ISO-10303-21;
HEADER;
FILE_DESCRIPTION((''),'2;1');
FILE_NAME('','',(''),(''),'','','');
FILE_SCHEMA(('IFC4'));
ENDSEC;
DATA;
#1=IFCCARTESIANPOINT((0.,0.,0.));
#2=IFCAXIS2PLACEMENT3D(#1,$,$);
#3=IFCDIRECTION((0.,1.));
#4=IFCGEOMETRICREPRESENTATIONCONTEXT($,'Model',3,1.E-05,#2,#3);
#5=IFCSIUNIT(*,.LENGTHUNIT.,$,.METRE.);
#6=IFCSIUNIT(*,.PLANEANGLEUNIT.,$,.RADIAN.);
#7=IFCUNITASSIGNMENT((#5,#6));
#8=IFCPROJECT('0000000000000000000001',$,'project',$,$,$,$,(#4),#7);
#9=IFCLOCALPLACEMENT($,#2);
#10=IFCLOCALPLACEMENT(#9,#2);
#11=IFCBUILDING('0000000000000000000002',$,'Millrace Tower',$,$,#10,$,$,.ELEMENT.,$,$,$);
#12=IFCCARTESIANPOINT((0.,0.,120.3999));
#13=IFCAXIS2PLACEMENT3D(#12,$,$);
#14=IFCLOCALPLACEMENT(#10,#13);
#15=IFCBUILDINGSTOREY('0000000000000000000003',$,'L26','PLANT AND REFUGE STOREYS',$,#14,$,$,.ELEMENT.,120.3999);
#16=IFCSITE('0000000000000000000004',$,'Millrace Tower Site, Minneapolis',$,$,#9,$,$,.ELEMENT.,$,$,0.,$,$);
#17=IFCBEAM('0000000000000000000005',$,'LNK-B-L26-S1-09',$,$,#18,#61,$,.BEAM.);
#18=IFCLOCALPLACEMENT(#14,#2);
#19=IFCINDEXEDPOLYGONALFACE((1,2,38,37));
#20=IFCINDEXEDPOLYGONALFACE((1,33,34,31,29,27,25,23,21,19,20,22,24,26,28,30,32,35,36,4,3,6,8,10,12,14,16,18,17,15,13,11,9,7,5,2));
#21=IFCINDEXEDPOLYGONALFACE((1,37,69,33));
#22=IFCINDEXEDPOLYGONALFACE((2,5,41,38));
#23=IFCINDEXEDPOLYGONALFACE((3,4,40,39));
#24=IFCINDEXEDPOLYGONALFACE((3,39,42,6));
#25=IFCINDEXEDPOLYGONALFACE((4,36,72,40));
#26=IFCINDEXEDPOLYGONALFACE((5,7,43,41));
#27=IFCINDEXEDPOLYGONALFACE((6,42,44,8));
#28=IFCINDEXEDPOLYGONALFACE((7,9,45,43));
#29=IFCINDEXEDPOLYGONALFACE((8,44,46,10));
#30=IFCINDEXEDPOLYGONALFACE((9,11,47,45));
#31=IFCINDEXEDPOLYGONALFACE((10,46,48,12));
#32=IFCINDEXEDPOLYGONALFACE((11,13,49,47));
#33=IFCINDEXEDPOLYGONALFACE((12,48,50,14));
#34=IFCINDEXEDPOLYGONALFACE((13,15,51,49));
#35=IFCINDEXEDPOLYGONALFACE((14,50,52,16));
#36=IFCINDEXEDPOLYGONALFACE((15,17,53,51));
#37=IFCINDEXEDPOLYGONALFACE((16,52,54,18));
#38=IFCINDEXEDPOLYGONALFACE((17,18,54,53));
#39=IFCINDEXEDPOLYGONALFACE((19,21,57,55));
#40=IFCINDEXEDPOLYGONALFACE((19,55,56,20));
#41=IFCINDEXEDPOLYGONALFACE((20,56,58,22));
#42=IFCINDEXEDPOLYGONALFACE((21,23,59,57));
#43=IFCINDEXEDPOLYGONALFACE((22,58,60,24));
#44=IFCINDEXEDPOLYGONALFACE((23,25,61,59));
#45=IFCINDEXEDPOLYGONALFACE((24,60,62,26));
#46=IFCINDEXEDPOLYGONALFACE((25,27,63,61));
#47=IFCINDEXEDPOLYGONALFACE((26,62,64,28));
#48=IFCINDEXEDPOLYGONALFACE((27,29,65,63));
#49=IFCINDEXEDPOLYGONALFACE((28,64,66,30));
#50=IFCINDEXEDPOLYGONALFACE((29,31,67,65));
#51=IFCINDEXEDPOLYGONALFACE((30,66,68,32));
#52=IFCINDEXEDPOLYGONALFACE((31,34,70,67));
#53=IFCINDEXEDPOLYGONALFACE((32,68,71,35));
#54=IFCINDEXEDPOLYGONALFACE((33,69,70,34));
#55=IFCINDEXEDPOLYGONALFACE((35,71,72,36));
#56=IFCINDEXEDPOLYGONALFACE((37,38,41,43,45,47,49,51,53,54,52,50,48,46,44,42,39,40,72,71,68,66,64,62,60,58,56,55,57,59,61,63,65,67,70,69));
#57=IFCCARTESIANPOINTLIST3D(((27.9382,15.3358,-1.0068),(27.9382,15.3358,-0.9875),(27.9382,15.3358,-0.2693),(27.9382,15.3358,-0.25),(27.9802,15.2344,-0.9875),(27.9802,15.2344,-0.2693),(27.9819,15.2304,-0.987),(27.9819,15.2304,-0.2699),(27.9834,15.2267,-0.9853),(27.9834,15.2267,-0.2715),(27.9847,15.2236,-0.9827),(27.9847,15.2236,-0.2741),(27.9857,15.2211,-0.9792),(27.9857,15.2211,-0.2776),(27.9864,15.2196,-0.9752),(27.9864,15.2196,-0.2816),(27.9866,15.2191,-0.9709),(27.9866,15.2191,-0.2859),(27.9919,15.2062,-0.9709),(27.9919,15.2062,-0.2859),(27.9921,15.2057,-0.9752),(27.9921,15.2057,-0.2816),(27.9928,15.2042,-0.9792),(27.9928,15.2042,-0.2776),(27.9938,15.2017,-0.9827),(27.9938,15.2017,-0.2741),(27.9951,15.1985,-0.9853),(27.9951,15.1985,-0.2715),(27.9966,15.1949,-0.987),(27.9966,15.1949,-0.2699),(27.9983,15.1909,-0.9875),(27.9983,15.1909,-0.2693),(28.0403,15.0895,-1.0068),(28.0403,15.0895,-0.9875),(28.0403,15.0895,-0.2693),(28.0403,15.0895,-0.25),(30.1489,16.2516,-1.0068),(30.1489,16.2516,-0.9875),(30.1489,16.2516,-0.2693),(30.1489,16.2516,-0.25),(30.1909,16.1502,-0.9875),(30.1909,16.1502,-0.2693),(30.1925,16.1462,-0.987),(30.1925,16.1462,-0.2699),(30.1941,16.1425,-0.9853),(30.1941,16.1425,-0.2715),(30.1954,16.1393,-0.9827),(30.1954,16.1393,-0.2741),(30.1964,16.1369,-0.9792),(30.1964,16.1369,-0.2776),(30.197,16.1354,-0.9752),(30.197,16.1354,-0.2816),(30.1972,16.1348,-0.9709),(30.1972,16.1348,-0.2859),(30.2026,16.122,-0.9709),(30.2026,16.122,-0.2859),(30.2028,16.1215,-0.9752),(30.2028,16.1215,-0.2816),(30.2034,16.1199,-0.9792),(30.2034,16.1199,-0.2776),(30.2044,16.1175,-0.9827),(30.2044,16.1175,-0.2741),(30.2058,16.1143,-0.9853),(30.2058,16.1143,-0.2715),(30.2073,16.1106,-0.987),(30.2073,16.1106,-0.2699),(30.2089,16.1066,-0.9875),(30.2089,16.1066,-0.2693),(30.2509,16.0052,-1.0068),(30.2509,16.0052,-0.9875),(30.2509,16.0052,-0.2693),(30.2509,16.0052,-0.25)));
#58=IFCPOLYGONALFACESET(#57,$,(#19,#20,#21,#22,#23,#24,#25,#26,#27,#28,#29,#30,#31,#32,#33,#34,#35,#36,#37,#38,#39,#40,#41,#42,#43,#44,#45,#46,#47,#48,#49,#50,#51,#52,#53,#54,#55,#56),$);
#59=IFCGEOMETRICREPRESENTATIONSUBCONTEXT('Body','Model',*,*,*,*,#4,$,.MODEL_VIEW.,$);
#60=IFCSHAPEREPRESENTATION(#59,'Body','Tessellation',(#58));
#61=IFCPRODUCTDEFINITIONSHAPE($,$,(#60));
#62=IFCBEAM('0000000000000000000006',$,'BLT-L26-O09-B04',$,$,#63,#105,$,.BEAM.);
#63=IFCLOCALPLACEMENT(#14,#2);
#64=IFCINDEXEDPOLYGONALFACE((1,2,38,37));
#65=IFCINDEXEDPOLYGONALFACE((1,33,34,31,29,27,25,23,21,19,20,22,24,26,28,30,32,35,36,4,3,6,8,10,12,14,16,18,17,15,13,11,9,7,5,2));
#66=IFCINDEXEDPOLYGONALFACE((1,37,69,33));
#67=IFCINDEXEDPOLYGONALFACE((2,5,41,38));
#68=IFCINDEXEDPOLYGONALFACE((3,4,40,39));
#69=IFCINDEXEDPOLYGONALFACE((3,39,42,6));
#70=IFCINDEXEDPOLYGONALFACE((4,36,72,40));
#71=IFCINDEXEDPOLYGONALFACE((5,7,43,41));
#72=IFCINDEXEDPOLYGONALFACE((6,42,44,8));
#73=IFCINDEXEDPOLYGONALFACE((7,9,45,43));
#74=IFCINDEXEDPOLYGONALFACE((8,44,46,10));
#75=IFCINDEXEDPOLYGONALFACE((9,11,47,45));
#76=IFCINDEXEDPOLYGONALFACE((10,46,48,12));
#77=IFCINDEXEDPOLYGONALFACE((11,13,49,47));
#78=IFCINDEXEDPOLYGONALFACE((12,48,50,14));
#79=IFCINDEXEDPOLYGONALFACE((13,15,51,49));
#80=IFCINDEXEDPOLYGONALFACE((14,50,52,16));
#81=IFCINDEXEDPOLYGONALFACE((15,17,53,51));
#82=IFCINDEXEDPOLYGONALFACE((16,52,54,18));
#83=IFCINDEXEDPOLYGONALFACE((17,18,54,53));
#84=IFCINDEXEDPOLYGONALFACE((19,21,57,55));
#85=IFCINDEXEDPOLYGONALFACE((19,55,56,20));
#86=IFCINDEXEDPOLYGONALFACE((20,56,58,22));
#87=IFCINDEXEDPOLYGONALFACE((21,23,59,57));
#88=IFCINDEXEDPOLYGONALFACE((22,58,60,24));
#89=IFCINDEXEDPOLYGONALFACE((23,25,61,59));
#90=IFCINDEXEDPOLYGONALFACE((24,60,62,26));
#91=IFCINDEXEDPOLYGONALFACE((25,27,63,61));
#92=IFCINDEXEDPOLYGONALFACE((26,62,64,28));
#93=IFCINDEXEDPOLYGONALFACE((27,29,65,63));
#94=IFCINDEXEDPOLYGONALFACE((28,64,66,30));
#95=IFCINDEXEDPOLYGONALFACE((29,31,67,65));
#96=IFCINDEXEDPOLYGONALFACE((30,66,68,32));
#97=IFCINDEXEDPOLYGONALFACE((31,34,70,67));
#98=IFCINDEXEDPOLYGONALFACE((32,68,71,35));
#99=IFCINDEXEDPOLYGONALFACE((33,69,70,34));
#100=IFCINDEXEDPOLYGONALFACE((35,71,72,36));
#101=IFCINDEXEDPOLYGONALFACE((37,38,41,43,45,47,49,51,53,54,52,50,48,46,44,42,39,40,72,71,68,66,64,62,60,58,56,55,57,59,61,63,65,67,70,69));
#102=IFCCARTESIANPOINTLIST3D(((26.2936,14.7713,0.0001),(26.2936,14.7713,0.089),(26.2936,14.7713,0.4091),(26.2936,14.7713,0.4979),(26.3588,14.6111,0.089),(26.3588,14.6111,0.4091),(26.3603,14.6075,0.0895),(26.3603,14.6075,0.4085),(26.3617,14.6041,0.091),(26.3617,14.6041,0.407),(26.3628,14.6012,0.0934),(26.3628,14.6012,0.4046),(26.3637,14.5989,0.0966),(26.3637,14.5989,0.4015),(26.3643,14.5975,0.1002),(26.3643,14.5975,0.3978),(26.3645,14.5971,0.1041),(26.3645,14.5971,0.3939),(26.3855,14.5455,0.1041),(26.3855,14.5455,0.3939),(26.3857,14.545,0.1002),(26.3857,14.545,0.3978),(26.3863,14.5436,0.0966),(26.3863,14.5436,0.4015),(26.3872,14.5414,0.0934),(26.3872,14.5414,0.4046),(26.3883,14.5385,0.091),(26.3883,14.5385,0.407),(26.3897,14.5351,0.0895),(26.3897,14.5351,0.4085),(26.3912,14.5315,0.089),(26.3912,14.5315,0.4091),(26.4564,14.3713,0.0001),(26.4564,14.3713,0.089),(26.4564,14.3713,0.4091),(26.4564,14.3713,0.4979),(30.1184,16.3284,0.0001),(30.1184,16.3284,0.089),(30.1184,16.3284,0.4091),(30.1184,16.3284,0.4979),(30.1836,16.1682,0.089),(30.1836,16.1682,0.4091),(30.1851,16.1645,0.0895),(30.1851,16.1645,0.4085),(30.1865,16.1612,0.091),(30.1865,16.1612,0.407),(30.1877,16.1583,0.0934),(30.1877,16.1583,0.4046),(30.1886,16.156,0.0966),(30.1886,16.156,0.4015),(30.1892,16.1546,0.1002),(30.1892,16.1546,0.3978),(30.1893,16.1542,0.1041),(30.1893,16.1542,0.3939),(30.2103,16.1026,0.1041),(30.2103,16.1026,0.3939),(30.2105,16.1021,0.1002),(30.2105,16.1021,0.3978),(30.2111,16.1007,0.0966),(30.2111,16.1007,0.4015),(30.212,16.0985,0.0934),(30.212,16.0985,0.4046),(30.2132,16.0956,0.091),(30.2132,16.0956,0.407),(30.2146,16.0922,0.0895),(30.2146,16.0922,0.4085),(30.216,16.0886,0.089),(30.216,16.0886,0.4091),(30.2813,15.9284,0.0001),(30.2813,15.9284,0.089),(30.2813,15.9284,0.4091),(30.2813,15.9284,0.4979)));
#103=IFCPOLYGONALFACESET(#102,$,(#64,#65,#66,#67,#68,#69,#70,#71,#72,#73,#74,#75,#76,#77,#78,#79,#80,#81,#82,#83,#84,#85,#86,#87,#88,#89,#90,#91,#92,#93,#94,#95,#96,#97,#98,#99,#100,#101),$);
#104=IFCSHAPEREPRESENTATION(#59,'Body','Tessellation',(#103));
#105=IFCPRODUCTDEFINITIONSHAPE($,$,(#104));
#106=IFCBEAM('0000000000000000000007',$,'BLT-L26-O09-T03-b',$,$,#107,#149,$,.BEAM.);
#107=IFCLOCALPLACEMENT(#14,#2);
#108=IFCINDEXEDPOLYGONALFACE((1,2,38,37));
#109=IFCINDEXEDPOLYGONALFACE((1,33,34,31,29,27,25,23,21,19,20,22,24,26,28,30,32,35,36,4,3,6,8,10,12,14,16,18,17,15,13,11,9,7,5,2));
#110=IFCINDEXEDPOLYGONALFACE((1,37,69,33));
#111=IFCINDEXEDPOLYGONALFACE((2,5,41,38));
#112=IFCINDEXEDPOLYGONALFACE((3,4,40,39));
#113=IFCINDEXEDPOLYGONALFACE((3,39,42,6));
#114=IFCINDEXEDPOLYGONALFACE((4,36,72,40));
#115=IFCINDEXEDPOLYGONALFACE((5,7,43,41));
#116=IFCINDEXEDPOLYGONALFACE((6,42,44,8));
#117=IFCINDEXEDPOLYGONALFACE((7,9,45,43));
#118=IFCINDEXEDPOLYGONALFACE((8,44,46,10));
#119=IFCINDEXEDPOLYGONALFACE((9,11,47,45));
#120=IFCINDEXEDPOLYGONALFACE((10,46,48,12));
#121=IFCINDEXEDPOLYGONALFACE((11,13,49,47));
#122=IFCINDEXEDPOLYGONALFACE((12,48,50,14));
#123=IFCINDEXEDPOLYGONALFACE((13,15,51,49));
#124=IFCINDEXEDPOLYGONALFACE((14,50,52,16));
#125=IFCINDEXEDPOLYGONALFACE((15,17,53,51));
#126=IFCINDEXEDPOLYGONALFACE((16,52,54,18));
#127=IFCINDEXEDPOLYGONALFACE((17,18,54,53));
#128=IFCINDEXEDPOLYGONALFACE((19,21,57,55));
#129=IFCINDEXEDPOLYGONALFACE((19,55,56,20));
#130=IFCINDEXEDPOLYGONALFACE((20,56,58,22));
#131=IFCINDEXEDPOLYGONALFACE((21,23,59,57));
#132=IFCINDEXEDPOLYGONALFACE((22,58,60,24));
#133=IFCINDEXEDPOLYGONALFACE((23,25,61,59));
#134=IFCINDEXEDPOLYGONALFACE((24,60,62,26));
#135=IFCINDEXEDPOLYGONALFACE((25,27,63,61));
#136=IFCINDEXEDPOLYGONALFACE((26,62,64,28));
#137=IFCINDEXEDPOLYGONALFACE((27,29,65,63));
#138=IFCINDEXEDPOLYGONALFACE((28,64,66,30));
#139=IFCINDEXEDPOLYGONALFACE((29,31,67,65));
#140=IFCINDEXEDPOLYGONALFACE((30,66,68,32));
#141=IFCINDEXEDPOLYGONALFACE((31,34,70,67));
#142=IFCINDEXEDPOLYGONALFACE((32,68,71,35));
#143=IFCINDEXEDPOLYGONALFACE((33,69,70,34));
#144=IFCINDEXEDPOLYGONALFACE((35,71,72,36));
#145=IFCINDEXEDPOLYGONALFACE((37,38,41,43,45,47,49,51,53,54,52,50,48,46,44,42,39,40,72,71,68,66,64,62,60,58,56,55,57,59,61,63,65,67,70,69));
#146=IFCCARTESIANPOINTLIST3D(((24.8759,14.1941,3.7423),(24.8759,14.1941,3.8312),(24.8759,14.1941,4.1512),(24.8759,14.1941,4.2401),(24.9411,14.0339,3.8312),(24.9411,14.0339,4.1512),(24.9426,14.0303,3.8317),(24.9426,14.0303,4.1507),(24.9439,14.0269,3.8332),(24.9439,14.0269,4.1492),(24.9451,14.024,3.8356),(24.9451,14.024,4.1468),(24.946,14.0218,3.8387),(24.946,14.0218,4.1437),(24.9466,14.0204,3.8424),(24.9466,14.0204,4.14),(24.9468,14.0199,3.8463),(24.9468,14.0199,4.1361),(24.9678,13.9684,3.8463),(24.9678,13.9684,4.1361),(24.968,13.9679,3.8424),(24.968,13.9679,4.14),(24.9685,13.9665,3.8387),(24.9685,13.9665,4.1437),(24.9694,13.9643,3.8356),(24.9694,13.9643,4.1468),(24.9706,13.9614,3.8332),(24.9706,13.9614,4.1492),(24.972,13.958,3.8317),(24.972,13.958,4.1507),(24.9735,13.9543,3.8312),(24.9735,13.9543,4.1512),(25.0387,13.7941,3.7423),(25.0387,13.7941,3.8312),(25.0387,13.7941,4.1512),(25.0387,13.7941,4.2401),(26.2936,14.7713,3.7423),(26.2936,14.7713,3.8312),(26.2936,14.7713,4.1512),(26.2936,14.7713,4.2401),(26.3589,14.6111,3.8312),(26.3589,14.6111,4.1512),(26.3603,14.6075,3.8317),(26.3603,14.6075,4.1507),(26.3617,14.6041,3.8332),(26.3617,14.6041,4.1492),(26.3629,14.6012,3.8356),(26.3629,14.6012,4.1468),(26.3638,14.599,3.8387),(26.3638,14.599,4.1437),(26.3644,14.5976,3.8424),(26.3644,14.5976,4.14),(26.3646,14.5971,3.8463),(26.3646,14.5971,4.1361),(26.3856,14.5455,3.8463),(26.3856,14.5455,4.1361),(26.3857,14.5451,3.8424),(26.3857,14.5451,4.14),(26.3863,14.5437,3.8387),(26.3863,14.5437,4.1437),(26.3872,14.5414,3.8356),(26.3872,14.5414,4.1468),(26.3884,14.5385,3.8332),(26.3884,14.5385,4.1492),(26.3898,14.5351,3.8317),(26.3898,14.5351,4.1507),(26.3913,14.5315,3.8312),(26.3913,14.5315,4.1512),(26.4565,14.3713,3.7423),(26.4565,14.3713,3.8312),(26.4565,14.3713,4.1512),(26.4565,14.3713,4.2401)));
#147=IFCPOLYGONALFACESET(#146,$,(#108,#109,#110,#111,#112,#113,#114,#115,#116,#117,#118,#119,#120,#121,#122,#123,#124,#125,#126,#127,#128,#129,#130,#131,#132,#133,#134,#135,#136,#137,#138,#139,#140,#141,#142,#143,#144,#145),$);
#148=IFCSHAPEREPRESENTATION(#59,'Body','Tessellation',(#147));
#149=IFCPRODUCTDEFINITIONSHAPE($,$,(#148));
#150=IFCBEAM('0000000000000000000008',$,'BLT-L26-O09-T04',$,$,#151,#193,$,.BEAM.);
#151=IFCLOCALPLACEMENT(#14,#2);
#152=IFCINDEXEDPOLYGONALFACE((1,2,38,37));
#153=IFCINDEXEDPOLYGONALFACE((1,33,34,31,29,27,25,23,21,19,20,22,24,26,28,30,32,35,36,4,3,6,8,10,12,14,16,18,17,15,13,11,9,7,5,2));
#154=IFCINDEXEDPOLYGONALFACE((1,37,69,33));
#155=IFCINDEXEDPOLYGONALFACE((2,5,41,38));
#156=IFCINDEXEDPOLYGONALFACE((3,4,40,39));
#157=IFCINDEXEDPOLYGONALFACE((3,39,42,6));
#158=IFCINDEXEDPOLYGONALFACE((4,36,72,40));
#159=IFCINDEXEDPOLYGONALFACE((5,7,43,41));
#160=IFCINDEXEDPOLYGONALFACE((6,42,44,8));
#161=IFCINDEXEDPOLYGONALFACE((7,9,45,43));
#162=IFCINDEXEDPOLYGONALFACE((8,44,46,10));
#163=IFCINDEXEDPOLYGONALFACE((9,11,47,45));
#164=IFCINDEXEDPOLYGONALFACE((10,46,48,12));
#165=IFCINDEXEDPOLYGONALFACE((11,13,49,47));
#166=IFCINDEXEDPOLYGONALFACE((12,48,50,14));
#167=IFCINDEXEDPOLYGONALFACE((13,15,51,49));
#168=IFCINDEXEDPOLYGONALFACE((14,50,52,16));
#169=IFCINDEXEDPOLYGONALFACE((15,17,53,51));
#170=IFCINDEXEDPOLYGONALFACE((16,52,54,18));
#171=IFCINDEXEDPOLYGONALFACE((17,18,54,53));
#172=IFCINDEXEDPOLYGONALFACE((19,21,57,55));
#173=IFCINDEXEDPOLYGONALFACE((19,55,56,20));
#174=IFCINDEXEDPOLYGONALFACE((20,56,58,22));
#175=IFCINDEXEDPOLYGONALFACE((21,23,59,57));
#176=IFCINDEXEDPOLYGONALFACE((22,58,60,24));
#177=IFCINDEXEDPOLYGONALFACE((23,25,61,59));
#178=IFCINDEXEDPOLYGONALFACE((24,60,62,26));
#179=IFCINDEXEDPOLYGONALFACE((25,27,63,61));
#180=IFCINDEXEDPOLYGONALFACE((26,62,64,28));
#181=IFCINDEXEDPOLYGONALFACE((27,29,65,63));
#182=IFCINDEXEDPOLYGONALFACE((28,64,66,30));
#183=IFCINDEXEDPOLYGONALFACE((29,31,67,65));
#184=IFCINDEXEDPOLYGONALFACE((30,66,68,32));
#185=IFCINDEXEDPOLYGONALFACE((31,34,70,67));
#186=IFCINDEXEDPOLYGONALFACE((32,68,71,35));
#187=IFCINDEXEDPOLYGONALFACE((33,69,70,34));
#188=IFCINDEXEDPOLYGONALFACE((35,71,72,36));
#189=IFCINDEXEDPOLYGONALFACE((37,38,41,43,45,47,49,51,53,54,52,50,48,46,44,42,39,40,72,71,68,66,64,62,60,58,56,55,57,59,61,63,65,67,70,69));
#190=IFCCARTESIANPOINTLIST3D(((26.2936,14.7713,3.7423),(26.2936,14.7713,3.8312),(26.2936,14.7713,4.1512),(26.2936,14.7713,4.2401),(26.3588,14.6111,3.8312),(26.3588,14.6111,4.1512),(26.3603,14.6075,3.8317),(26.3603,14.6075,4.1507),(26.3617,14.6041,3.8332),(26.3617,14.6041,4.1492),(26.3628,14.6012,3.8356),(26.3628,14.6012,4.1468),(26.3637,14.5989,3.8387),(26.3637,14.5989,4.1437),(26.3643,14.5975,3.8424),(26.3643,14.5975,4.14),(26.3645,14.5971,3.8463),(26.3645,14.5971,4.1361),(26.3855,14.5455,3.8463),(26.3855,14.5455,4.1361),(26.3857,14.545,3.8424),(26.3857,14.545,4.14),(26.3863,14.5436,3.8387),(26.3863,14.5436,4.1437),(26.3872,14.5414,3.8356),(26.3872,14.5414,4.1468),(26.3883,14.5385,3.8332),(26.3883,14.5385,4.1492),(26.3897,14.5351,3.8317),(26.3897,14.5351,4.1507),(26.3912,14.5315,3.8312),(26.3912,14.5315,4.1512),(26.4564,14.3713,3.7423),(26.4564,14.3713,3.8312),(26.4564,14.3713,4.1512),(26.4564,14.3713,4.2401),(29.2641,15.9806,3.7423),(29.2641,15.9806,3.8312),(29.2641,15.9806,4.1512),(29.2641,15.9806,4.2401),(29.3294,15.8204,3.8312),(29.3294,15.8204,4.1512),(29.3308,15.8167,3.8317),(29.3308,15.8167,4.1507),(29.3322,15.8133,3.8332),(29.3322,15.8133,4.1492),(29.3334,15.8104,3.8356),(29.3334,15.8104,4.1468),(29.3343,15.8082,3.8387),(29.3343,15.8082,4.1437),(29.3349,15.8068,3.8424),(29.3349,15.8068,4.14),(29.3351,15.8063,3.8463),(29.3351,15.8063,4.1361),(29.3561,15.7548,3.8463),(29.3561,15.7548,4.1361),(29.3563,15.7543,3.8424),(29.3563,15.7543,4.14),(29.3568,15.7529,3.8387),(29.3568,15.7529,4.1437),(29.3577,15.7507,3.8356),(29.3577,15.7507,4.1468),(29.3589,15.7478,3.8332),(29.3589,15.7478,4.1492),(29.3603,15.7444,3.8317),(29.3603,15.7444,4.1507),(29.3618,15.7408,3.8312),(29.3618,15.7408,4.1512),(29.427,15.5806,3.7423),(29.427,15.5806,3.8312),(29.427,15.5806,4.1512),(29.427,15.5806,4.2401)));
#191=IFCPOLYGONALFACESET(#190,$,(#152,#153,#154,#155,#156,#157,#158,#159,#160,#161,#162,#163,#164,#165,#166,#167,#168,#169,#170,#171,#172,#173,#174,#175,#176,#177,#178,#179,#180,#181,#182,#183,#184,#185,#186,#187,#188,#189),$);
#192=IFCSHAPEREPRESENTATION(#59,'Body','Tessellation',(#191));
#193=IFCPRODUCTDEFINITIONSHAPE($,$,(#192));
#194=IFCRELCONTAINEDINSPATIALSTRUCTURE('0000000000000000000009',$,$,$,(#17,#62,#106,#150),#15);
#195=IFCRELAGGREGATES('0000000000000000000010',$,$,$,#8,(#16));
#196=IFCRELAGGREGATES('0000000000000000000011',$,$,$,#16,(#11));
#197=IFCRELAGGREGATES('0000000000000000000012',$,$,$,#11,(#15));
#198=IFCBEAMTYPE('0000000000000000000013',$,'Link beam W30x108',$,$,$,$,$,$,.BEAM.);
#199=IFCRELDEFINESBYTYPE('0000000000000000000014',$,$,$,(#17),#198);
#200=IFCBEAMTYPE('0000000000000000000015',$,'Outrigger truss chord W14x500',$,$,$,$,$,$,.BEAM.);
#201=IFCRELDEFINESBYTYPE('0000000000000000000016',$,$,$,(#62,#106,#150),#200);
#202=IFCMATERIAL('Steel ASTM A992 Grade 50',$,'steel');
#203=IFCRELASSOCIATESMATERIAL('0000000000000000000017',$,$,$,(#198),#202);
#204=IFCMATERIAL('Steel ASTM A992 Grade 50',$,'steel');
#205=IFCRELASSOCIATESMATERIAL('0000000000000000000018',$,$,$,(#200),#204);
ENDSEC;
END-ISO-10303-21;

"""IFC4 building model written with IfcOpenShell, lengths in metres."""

from ifc_helpers import new_model, si_unit, direction, frame, origin, origin_2d, place, context, subcontext, project, spatial, i_section, extrude, material, material_profile, profile_set, type_object, element, save


model = new_model("IFC4")

# Units and contexts
model_context = context("Model", 3, precision=1e-05, world=origin(), true_north=direction((0.0, 1.0)))
body_context = subcontext(model_context, "Body", "Model", "MODEL_VIEW")
ifc_project = project(units=[si_unit("LENGTHUNIT", "METRE"), si_unit("PLANEANGLEUNIT", "RADIAN")], contexts=[model_context])

# Site, building, storey
site_placement = place(None, origin())
site = spatial("IfcSite", under=ifc_project, at=site_placement, Name="Millrace Tower Site, Minneapolis", CompositionType="ELEMENT", RefElevation=0.0)
building_placement = place(site_placement, origin())
building = spatial("IfcBuilding", under=site, at=building_placement, Name="Millrace Tower", CompositionType="ELEMENT")
storey_placement = place(building_placement, frame((0.0, 0.0, 120.3999)))
storey = spatial("IfcBuildingStorey", under=building, at=storey_placement, Name="L26", Description="PLANT AND REFUGE STOREYS", CompositionType="ELEMENT", Elevation=120.3999)

# Beams
ifc_material_1 = material(Name="Steel ASTM A992 Grade 50", Category="steel")
ifc_material_profile_1 = material_profile(ifc_material_1, i_section(OverallWidth=0.2666, OverallDepth=0.7568, WebThickness=0.0139, FlangeThickness=0.0193, FilletRadius=0.0166, at=origin_2d()))
ifc_profile_set_1 = profile_set([ifc_material_profile_1], Name="Steel ASTM A992 Grade 50")
beam_type_1 = type_object("IfcBeamType", Name="Link beam W30x108", PredefinedType="BEAM", material=ifc_profile_set_1)
beam_1_placement = place(storey_placement, frame((27.9893, 15.2126, -0.6284), z_axis=(0.923869, 0.382709, 0.0), x_axis=(-0.382709, 0.923869, 0.0)))
element("IfcBeam", 1, at=beam_1_placement, inside=storey, type_object=beam_type_1, Name="LNK-B-L26-S1-09", PredefinedType="BEAM", context=body_context, shape_type="SweptSolid", body=[
    extrude(i_section(OverallWidth=0.2666, OverallDepth=0.7568, WebThickness=0.0139, FlangeThickness=0.0193, FilletRadius=0.0166, at=origin_2d()), origin(), (0.0, 0.0, 1.0), 2.3928),
])
ifc_material_2 = material(Name="Steel ASTM A992 Grade 50", Category="steel")
ifc_material_profile_2 = material_profile(ifc_material_2, i_section(OverallWidth=0.4319, OverallDepth=0.4978, WebThickness=0.0557, FlangeThickness=0.0889, FilletRadius=0.0151, at=origin_2d()))
ifc_profile_set_2 = profile_set([ifc_material_profile_2], Name="Steel ASTM A992 Grade 50")
beam_type_2 = type_object("IfcBeamType", Name="Outrigger truss chord W14x500", PredefinedType="BEAM", material=ifc_profile_set_2)
beam_2_placement = place(storey_placement, frame((26.375, 14.5713, 0.249), z_axis=(0.926193, 0.377051, 0.0), x_axis=(-0.377051, 0.926193, 0.0)))
element("IfcBeam", 2, at=beam_2_placement, inside=storey, type_object=beam_type_2, Name="BLT-L26-O09-B04", PredefinedType="BEAM", context=body_context, shape_type="SweptSolid", body=[
    extrude(i_section(OverallWidth=0.4319, OverallDepth=0.4978, WebThickness=0.0557, FlangeThickness=0.0889, FilletRadius=0.0151, at=origin_2d()), origin(), (0.0, 0.0, 1.0), 4.1296),
])
beam_3_placement = place(storey_placement, frame((24.9573, 13.9941, 3.9912), z_axis=(0.926193, 0.377049, 0.0), x_axis=(-0.377049, 0.926193, 0.0)))
element("IfcBeam", 3, at=beam_3_placement, inside=storey, type_object=beam_type_2, Name="BLT-L26-O09-T03-b", PredefinedType="BEAM", context=body_context, shape_type="SweptSolid", body=[
    extrude(i_section(OverallWidth=0.4319, OverallDepth=0.4978, WebThickness=0.0557, FlangeThickness=0.0889, FilletRadius=0.0151, at=origin_2d()), origin(), (0.0, 0.0, 1.0), 1.5308),
])
beam_4_placement = place(storey_placement, frame((26.375, 14.5713, 3.9912), z_axis=(0.926197, 0.377041, 0.0), x_axis=(-0.377041, 0.926197, 0.0)))
element("IfcBeam", 4, at=beam_4_placement, inside=storey, type_object=beam_type_2, Name="BLT-L26-O09-T04", PredefinedType="BEAM", context=body_context, shape_type="SweptSolid", body=[
    extrude(i_section(OverallWidth=0.4319, OverallDepth=0.4978, WebThickness=0.0557, FlangeThickness=0.0889, FilletRadius=0.0151, at=origin_2d()), origin(), (0.0, 0.0, 1.0), 3.2073),
])

save(model, "model.ifc")
